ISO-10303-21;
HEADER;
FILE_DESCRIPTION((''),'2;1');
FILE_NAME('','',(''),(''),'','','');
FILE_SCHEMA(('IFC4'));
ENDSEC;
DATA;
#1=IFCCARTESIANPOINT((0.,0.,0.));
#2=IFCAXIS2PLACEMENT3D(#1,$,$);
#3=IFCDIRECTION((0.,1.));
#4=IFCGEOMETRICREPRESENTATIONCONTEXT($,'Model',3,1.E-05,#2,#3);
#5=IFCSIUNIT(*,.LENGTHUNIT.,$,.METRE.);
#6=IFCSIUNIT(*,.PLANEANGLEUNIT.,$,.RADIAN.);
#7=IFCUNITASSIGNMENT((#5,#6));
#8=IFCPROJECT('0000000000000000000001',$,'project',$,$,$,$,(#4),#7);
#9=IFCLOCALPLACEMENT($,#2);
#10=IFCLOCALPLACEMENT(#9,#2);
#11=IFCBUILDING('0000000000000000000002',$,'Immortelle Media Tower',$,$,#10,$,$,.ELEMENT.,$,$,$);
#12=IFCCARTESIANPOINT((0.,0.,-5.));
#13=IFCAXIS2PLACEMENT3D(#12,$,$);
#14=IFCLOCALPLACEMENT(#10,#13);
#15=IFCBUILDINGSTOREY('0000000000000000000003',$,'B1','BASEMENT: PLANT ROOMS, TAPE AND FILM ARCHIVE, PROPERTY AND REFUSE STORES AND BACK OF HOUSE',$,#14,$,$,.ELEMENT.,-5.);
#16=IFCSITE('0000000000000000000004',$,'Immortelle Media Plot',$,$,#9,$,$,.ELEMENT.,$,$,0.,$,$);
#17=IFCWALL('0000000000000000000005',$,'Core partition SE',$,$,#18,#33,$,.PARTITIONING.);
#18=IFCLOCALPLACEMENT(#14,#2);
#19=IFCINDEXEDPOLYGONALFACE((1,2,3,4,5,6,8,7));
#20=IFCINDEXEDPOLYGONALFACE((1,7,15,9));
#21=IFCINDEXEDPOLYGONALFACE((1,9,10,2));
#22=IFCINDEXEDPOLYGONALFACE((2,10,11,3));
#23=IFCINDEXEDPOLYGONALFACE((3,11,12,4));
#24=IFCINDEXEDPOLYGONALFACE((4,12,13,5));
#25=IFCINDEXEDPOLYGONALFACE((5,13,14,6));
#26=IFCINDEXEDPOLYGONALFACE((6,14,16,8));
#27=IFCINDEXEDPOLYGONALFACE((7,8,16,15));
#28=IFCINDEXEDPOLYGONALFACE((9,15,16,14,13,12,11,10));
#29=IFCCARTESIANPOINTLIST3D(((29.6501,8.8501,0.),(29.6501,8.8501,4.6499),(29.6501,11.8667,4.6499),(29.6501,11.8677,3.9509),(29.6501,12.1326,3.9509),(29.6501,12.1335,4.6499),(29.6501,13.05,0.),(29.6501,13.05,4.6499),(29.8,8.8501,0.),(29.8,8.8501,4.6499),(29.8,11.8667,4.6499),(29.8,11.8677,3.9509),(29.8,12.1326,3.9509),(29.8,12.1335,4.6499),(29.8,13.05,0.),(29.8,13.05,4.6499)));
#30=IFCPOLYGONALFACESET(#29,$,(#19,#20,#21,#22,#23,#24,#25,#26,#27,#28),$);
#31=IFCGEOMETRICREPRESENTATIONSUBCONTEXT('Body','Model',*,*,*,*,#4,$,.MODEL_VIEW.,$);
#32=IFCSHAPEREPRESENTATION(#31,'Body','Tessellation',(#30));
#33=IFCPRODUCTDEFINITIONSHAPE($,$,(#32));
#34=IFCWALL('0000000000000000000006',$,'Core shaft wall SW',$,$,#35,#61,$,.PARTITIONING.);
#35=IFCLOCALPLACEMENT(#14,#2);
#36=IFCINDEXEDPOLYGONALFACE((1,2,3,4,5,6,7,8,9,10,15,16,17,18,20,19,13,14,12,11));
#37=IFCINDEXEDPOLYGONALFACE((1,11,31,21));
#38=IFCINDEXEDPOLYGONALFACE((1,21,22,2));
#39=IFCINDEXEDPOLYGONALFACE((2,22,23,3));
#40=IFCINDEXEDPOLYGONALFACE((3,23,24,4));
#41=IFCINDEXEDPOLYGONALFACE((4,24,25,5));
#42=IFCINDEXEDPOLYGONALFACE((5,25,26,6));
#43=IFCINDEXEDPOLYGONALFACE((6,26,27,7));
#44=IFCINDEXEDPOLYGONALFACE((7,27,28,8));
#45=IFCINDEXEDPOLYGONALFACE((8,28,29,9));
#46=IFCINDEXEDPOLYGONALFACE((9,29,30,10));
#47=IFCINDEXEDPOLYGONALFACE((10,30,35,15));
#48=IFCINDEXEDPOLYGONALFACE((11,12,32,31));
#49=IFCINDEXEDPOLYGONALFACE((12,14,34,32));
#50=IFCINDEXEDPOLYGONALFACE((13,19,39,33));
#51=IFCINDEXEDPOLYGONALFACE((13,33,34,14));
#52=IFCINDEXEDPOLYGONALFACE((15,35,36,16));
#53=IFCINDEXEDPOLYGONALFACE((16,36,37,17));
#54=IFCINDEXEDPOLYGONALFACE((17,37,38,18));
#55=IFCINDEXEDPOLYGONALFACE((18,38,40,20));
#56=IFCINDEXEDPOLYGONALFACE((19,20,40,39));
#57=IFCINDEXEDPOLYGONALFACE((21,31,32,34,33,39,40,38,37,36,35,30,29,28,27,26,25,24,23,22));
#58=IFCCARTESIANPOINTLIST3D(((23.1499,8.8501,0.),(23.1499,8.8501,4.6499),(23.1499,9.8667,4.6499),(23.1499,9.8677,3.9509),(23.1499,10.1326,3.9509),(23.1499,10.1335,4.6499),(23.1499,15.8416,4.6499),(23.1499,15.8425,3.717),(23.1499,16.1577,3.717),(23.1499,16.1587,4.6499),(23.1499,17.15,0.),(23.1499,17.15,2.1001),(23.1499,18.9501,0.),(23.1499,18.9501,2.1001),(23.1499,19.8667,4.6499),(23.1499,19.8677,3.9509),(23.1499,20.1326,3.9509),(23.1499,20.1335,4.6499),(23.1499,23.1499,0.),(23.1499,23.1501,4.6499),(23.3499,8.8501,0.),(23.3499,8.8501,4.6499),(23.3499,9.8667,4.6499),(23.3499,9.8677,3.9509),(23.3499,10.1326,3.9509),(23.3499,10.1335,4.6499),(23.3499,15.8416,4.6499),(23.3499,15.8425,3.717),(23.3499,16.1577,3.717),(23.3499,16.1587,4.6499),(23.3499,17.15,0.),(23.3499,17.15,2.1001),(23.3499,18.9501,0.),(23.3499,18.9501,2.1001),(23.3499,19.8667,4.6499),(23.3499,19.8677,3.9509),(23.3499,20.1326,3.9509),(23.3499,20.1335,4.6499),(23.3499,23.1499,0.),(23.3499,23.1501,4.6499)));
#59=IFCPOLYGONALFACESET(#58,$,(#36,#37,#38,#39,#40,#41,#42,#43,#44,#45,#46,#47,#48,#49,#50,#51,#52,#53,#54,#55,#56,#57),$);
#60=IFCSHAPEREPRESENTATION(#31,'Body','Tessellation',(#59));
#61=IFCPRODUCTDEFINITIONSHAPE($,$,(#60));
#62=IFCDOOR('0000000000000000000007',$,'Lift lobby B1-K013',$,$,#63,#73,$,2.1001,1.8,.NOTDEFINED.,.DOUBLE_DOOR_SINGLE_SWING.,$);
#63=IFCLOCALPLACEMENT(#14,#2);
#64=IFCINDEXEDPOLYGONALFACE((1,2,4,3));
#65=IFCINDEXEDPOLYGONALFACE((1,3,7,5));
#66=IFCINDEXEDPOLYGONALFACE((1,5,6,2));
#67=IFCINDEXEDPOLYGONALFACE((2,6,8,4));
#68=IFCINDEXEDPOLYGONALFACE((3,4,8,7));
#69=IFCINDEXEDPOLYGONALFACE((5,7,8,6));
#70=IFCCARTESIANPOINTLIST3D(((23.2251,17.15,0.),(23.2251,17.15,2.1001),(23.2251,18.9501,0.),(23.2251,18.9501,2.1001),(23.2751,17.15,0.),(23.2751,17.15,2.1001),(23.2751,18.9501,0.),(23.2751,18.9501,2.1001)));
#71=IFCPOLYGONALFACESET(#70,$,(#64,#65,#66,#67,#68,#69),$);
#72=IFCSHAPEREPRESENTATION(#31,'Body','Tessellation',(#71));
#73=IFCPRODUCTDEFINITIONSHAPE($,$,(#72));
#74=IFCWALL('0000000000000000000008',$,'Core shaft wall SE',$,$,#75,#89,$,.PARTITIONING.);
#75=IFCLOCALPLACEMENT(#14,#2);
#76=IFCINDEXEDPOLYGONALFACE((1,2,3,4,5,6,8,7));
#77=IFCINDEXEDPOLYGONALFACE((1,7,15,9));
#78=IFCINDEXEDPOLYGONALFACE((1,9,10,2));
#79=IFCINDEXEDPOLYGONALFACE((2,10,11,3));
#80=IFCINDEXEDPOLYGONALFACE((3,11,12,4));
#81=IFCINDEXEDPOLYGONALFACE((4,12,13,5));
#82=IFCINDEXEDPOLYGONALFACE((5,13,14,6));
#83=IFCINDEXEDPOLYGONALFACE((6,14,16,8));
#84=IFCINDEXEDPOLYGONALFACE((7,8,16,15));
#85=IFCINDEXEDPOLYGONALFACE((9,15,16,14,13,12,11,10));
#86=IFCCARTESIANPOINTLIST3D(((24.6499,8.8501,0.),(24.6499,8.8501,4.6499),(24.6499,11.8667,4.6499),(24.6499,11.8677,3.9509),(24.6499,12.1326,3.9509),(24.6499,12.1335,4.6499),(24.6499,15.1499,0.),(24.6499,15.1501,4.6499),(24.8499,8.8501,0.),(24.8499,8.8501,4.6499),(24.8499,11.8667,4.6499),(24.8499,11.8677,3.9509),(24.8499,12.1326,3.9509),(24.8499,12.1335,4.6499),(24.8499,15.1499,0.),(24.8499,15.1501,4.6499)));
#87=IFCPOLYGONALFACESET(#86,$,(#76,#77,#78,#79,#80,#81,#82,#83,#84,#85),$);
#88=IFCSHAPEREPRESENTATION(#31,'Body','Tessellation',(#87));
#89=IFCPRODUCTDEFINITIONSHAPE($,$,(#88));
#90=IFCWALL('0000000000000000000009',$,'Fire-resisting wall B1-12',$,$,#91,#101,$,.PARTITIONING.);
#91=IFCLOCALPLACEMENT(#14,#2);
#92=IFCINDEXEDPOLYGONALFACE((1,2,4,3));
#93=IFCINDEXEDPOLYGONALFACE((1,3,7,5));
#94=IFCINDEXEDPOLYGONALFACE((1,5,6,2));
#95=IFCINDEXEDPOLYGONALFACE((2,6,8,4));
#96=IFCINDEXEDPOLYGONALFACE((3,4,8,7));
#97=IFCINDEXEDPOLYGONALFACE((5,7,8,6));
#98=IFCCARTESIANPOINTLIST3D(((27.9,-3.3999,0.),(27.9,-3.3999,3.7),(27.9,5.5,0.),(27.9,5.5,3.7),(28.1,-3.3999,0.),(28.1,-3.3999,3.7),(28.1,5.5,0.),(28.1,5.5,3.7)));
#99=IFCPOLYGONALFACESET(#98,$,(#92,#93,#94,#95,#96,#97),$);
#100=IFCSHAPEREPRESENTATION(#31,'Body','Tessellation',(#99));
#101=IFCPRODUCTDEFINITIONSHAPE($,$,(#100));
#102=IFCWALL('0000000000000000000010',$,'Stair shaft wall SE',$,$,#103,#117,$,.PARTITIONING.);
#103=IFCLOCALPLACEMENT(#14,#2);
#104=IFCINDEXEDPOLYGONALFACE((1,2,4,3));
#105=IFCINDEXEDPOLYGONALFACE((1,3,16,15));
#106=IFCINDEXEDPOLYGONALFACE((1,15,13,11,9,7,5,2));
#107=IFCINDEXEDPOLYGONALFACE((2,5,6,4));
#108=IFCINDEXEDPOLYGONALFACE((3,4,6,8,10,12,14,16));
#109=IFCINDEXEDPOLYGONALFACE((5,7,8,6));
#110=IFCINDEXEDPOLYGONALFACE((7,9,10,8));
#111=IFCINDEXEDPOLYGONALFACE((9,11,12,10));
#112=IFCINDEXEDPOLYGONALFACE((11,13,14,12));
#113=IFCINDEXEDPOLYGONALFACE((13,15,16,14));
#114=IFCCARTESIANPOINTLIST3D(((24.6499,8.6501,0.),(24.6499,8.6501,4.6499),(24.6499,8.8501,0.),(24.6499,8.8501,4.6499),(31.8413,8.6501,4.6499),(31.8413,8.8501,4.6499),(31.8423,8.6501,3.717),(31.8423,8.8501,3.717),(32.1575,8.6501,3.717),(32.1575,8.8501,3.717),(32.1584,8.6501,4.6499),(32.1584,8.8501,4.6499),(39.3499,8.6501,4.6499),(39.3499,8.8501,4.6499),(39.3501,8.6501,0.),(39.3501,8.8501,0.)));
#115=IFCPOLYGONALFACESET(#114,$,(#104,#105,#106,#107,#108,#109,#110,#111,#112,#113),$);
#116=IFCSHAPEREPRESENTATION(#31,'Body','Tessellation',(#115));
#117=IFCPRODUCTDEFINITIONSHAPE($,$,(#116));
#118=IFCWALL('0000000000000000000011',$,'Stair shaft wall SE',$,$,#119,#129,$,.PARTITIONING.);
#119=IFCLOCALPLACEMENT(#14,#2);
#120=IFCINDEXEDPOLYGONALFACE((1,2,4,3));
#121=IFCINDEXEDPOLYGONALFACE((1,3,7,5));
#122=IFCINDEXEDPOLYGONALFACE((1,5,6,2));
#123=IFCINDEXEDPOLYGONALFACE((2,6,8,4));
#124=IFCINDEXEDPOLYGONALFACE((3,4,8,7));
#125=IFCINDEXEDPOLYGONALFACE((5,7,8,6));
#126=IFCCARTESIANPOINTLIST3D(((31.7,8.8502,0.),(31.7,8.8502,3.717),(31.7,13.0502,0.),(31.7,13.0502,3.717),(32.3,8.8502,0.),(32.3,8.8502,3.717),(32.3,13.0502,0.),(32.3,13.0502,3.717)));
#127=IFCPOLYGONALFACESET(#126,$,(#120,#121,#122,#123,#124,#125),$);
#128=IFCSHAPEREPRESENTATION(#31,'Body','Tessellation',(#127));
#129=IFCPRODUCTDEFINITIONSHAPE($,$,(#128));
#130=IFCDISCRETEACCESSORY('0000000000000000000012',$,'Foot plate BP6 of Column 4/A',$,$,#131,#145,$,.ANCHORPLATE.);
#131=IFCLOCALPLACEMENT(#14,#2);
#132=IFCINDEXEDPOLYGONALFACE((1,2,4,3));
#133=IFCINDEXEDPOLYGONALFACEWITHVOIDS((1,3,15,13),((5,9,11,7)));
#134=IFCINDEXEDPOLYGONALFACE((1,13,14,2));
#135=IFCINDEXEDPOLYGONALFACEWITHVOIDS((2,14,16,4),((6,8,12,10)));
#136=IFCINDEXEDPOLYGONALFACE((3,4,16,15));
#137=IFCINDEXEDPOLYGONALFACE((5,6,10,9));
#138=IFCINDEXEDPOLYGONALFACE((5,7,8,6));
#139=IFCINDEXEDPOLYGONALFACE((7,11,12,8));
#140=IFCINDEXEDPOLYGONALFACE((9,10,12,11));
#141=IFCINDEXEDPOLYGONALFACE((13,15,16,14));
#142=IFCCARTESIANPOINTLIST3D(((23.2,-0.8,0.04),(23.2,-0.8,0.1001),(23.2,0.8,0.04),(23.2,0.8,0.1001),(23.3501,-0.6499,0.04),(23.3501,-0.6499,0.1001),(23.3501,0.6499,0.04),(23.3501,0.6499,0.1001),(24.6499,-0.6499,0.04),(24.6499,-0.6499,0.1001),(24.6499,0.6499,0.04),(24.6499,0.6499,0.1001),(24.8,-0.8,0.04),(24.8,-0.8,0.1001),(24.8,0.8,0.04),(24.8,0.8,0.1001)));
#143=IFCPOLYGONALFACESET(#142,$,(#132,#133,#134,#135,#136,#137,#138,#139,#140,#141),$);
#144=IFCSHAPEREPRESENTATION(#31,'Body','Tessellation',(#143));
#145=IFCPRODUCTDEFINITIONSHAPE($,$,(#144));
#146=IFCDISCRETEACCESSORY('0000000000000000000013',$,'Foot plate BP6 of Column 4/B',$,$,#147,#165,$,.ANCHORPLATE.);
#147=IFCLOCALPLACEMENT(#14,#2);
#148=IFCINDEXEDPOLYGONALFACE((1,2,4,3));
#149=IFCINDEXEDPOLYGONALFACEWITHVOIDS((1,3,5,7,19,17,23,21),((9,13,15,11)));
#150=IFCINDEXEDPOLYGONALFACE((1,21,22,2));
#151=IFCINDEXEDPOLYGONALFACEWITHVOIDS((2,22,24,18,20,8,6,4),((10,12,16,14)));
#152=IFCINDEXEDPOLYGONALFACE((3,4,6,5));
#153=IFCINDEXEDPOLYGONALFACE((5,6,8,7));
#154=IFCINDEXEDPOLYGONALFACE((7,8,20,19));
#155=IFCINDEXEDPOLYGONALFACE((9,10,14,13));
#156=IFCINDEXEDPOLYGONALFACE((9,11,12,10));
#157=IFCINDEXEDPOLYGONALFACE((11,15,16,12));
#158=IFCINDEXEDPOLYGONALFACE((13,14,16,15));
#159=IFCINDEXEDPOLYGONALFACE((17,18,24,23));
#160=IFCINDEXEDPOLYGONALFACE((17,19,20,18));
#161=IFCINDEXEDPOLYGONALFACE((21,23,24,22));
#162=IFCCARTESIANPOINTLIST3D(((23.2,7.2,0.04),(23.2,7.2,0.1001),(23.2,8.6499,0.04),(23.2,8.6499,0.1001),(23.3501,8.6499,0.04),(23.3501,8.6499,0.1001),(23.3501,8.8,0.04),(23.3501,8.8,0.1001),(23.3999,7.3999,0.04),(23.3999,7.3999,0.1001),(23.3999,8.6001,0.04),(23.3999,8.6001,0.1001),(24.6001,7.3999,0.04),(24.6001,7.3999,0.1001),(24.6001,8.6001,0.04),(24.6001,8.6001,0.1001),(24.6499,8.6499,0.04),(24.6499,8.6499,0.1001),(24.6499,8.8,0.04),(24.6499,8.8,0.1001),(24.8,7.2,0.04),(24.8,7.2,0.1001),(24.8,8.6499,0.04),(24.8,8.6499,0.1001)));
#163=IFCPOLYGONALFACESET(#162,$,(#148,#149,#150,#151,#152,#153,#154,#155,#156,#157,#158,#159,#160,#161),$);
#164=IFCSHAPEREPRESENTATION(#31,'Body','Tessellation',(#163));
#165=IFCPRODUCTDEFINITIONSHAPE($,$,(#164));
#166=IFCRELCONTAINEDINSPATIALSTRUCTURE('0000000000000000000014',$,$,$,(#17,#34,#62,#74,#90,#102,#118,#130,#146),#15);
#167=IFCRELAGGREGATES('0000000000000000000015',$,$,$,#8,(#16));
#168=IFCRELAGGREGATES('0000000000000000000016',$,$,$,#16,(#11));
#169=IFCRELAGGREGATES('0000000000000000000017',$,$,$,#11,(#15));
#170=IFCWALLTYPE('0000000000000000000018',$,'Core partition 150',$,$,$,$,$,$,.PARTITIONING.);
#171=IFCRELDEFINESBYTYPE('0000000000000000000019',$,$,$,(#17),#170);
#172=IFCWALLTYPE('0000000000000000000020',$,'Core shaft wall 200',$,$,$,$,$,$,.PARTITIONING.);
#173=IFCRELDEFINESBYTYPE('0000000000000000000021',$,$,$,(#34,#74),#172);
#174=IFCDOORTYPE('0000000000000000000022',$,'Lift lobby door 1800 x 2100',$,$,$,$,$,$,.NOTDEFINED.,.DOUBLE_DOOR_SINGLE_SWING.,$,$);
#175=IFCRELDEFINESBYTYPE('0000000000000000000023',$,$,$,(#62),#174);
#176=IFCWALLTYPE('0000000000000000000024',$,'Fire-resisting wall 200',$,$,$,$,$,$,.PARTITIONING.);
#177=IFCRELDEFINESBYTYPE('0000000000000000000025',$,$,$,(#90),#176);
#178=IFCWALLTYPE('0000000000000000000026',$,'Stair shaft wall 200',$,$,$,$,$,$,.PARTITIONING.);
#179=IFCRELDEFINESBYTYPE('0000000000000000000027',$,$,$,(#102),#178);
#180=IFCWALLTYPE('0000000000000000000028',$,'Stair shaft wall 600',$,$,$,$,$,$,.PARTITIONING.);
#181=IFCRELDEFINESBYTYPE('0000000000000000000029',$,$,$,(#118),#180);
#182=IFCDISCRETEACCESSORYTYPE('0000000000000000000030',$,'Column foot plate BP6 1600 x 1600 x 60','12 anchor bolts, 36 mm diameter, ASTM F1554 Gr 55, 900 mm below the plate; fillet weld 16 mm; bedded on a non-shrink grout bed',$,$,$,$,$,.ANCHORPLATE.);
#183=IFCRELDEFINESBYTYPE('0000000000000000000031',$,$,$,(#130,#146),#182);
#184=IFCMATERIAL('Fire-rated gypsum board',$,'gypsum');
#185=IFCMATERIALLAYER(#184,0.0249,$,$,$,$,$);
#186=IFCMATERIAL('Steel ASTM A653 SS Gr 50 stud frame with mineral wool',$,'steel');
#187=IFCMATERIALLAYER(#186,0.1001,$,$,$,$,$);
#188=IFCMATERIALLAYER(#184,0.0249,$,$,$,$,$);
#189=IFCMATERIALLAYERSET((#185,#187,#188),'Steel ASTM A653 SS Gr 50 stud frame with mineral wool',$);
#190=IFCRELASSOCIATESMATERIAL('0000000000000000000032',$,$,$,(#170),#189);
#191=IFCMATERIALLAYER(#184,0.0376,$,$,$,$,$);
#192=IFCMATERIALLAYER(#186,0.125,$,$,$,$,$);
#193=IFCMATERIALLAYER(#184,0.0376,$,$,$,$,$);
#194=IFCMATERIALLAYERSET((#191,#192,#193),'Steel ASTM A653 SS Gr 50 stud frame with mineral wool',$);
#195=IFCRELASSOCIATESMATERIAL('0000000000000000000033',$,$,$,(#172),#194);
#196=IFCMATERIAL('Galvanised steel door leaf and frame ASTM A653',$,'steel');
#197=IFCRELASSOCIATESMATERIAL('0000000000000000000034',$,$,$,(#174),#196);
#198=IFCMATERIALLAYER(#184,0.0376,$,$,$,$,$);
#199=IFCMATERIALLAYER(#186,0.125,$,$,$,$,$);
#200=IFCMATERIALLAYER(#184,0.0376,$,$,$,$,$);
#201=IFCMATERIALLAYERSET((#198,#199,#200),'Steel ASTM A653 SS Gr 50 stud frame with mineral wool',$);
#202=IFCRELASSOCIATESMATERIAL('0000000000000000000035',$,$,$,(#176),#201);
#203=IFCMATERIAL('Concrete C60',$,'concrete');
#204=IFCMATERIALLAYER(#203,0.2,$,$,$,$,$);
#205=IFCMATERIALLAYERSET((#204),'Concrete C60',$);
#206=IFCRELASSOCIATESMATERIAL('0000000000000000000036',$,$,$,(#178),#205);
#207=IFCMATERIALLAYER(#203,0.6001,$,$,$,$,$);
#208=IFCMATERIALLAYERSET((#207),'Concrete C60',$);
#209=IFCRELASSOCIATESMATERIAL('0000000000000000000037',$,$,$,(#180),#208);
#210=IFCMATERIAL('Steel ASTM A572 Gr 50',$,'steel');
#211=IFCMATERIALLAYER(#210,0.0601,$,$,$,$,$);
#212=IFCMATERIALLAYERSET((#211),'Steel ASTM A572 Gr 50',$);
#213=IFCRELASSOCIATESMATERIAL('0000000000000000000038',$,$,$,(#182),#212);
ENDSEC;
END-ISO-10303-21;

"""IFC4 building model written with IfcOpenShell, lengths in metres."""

from ifc_helpers import new_model, si_unit, direction, frame, frame_2d, origin, place, context, subcontext, project, spatial, polyline, rectangle, outline, extrude, material, layer, layer_set, type_object, element, fill, save


model = new_model("IFC4")

# Units and contexts
model_context = context("Model", 3, precision=1e-05, world=origin(), true_north=direction((0.0, 1.0)))
body_context = subcontext(model_context, "Body", "Model", "MODEL_VIEW")
ifc_project = project(units=[si_unit("LENGTHUNIT", "METRE"), si_unit("PLANEANGLEUNIT", "RADIAN")], contexts=[model_context])

# Site, building, storey
site_placement = place(None, origin())
site = spatial("IfcSite", under=ifc_project, at=site_placement, Name="Immortelle Media Plot", CompositionType="ELEMENT", RefElevation=0.0)
building_placement = place(site_placement, origin())
building = spatial("IfcBuilding", under=site, at=building_placement, Name="Immortelle Media Tower", CompositionType="ELEMENT")
storey_placement = place(building_placement, frame((0.0, 0.0, -5.0)))
storey = spatial("IfcBuildingStorey", under=building, at=storey_placement, Name="B1", Description="BASEMENT: PLANT ROOMS, TAPE AND FILM ARCHIVE, PROPERTY AND REFUSE STORES AND BACK OF HOUSE", CompositionType="ELEMENT", Elevation=-5.0)

# Shared definitions
ifc_material_1 = material(Name="Concrete C60", Category="concrete")

# Shared definitions
ifc_material_2 = material(Name="Steel ASTM A572 Gr 50", Category="steel")

# Wall
ifc_material_3 = material(Name="Fire-rated gypsum board", Category="gypsum")
ifc_layer_1 = layer(ifc_material_3, 0.0249)
ifc_material_4 = material(Name="Steel ASTM A653 SS Gr 50 stud frame with mineral wool", Category="steel")
ifc_layer_2 = layer(ifc_material_4, 0.1001)
ifc_layer_3 = layer(ifc_material_3, 0.0249)
ifc_layer_set_1 = layer_set([ifc_layer_1, ifc_layer_2, ifc_layer_3], Name="Steel ASTM A653 SS Gr 50 stud frame with mineral wool")
wall_type_1 = type_object("IfcWallType", Name="Core partition 150", PredefinedType="PARTITIONING", material=ifc_layer_set_1)
for number, where, z_axis, x_axis, name in (
    (1, (29.7251, 8.8501, 0.0), (0.0, 0.0, 1.0), (0.0, 1.0, 0.0), "Core partition SE"),
):
    element("IfcWall", number, at=place(storey_placement, frame(where, z_axis=z_axis, x_axis=x_axis)), inside=storey, type_object=wall_type_1, Name=name, PredefinedType="PARTITIONING", context=body_context, shape_type="SweptSolid", body=[
        extrude(outline(polyline([(0.0, 0.0), (4.2, 0.0), (4.2, 4.6499), (3.2834, 4.6499), (3.2825, 3.9509), (3.0176, 3.9509), (3.0166, 4.6499), (0.0, 4.6499), (0.0, 0.0)])), frame((0.0, 0.075, 0.0), z_axis=(0.0, -1.0, 0.0), x_axis=(1.0, 0.0, 0.0)), (0.0, 0.0, 1.0), 0.1499),
    ])

# Wall, opening, door
ifc_layer_4 = layer(ifc_material_3, 0.0376)
ifc_layer_5 = layer(ifc_material_4, 0.125)
ifc_layer_6 = layer(ifc_material_3, 0.0376)
ifc_layer_set_2 = layer_set([ifc_layer_4, ifc_layer_5, ifc_layer_6], Name="Steel ASTM A653 SS Gr 50 stud frame with mineral wool")
wall_type_2 = type_object("IfcWallType", Name="Core shaft wall 200", PredefinedType="PARTITIONING", material=ifc_layer_set_2)
wall_1_placement = place(storey_placement, frame((23.25, 8.8501, 0.0), z_axis=(0.0, 0.0, 1.0), x_axis=(0.0, 1.0, 0.0)))
wall_1 = element("IfcWall", 2, at=wall_1_placement, inside=storey, type_object=wall_type_2, Name="Core shaft wall SW", PredefinedType="PARTITIONING", context=body_context, shape_type="SweptSolid", body=[
    extrude(outline(polyline([(0.0, 0.0), (14.2998, 0.0), (14.3, 4.6499), (11.2834, 4.6499), (11.2825, 3.9509), (11.0176, 3.9509), (11.0166, 4.6499), (7.3086, 4.6499), (7.3076, 3.717), (6.9924, 3.717), (6.9915, 4.6499), (1.2834, 4.6499), (1.2825, 3.9509), (1.0176, 3.9509), (1.0166, 4.6499), (0.0, 4.6499), (0.0, 0.0)])), frame((0.0, 0.1001, 0.0), z_axis=(0.0, -1.0, 0.0), x_axis=(1.0, 0.0, 0.0)), (0.0, 0.0, 1.0), 0.2),
])
opening_placement = place(wall_1_placement, frame((8.3, 0.0, 0.0)))
opening = element("IfcOpeningElement", 3, at=opening_placement, cuts=wall_1, PredefinedType="OPENING", context=body_context, shape_type="SweptSolid", body=[
    extrude(rectangle(XDim=1.8, YDim=2.1001, at=frame_2d((0.8999, 1.05))), frame((0.0, 0.1099, 0.0), z_axis=(0.0, -1.0, 0.0), x_axis=(1.0, 0.0, 0.0)), (0.0, 0.0, 1.0), 0.22),
])
ifc_material_5 = material(Name="Galvanised steel door leaf and frame ASTM A653", Category="steel")
door_type = type_object("IfcDoorType", Name="Lift lobby door 1800 x 2100", OperationType="DOUBLE_DOOR_SINGLE_SWING", PredefinedType="NOTDEFINED", material=ifc_material_5)
door_placement = place(opening_placement, origin())
door = element("IfcDoor", 4, at=door_placement, inside=storey, type_object=door_type, Name="Lift lobby B1-K013", OperationType="DOUBLE_DOOR_SINGLE_SWING", OverallHeight=2.1001, OverallWidth=1.8, PredefinedType="NOTDEFINED", context=body_context, shape_type="SweptSolid", body=[
    extrude(rectangle(XDim=1.8, YDim=2.1001, at=frame_2d((0.8999, 1.05))), frame((0.0, 0.0249, 0.0), z_axis=(0.0, -1.0, 0.0), x_axis=(1.0, 0.0, 0.0)), (0.0, 0.0, 1.0), 0.05),
])
fill(opening, door)

# Walls
wall_2_placement = place(storey_placement, frame((24.75, 8.8501, 0.0), z_axis=(0.0, 0.0, 1.0), x_axis=(0.0, 1.0, 0.0)))
element("IfcWall", 5, at=wall_2_placement, inside=storey, type_object=wall_type_2, Name="Core shaft wall SE", PredefinedType="PARTITIONING", context=body_context, shape_type="SweptSolid", body=[
    extrude(outline(polyline([(0.0, 0.0), (6.2998, 0.0), (6.3, 4.6499), (3.2834, 4.6499), (3.2825, 3.9509), (3.0176, 3.9509), (3.0166, 4.6499), (0.0, 4.6499), (0.0, 0.0)])), frame((0.0, 0.1001, 0.0), z_axis=(0.0, -1.0, 0.0), x_axis=(1.0, 0.0, 0.0)), (0.0, 0.0, 1.0), 0.2),
])
ifc_layer_7 = layer(ifc_material_3, 0.0376)
ifc_layer_8 = layer(ifc_material_4, 0.125)
ifc_layer_9 = layer(ifc_material_3, 0.0376)
ifc_layer_set_3 = layer_set([ifc_layer_7, ifc_layer_8, ifc_layer_9], Name="Steel ASTM A653 SS Gr 50 stud frame with mineral wool")
wall_type_3 = type_object("IfcWallType", Name="Fire-resisting wall 200", PredefinedType="PARTITIONING", material=ifc_layer_set_3)
wall_3_placement = place(storey_placement, frame((28.0, -3.3999, 0.0), z_axis=(0.0, 0.0, 1.0), x_axis=(0.0, 1.0, 0.0)))
element("IfcWall", 6, at=wall_3_placement, inside=storey, type_object=wall_type_3, Name="Fire-resisting wall B1-12", PredefinedType="PARTITIONING", context=body_context, shape_type="SweptSolid", body=[
    extrude(rectangle(XDim=8.8999, YDim=0.2, at=frame_2d((4.45, 0.0))), origin(), (0.0, 0.0, 1.0), 3.7),
])
ifc_layer_10 = layer(ifc_material_1, 0.2)
ifc_layer_set_4 = layer_set([ifc_layer_10], Name="Concrete C60")
wall_type_4 = type_object("IfcWallType", Name="Stair shaft wall 200", PredefinedType="PARTITIONING", material=ifc_layer_set_4)
wall_4_placement = place(storey_placement, frame((24.6499, 8.75, 0.0), z_axis=(0.0, 0.0, 1.0), x_axis=(1.0, 0.0, 0.0)))
element("IfcWall", 7, at=wall_4_placement, inside=storey, type_object=wall_type_4, Name="Stair shaft wall SE", PredefinedType="PARTITIONING", context=body_context, shape_type="SweptSolid", body=[
    extrude(outline(polyline([(0.0, 0.0), (14.7002, 0.0), (14.7, 4.6499), (7.5085, 4.6499), (7.5076, 3.717), (7.1924, 3.717), (7.1914, 4.6499), (0.0, 4.6499), (0.0, 0.0)])), frame((0.0, 0.1001, 0.0), z_axis=(0.0, -1.0, 0.0), x_axis=(1.0, 0.0, 0.0)), (0.0, 0.0, 1.0), 0.2),
])
ifc_layer_11 = layer(ifc_material_1, 0.6001)
ifc_layer_set_5 = layer_set([ifc_layer_11], Name="Concrete C60")
wall_type_5 = type_object("IfcWallType", Name="Stair shaft wall 600", PredefinedType="PARTITIONING", material=ifc_layer_set_5)
wall_5_placement = place(storey_placement, frame((32.0, 8.8501, 0.0), z_axis=(0.0, 0.0, 1.0), x_axis=(0.0, 1.0, 0.0)))
element("IfcWall", 8, at=wall_5_placement, inside=storey, type_object=wall_type_5, Name="Stair shaft wall SE", PredefinedType="PARTITIONING", context=body_context, shape_type="SweptSolid", body=[
    extrude(rectangle(XDim=4.2, YDim=0.6001, at=frame_2d((2.1001, 0.0))), origin(), (0.0, 0.0, 1.0), 3.717),
])

# Discrete accessories
ifc_layer_12 = layer(ifc_material_2, 0.0601)
ifc_layer_set_6 = layer_set([ifc_layer_12], Name="Steel ASTM A572 Gr 50")
discrete_accessory_type = type_object("IfcDiscreteAccessoryType", Name="Column foot plate BP6 1600 x 1600 x 60", Description="12 anchor bolts, 36 mm diameter, ASTM F1554 Gr 55, 900 mm below the plate; fillet weld 16 mm; bedded on a non-shrink grout bed", PredefinedType="ANCHORPLATE", material=ifc_layer_set_6)
discrete_accessory_1_placement = place(storey_placement, frame((24.0, 0.0, 0.04), z_axis=(0.0, 0.0, 1.0), x_axis=(1.0, 0.0, 0.0)))
element("IfcDiscreteAccessory", 9, at=discrete_accessory_1_placement, inside=storey, type_object=discrete_accessory_type, Name="Foot plate BP6 of Column 4/A", PredefinedType="ANCHORPLATE", context=body_context, shape_type="SweptSolid", body=[
    extrude(outline(polyline([(-0.8, -0.8), (0.8, -0.8), (0.8, 0.8), (-0.8, 0.8), (-0.8, -0.8)]), holes=[polyline([(0.6499, 0.6499), (0.6499, -0.6499), (-0.6499, -0.6499), (-0.6499, 0.6499), (0.6499, 0.6499)])]), origin(), (0.0, 0.0, 1.0), 0.0601),
])
discrete_accessory_2_placement = place(storey_placement, frame((24.0, 8.0, 0.04), z_axis=(0.0, 0.0, 1.0), x_axis=(1.0, 0.0, 0.0)))
element("IfcDiscreteAccessory", 10, at=discrete_accessory_2_placement, inside=storey, type_object=discrete_accessory_type, Name="Foot plate BP6 of Column 4/B", PredefinedType="ANCHORPLATE", context=body_context, shape_type="SweptSolid", body=[
    extrude(outline(polyline([(-0.8, -0.8), (0.8, -0.8), (0.8, 0.6499), (0.6499, 0.6499), (0.6499, 0.8), (-0.6499, 0.8), (-0.6499, 0.6499), (-0.8, 0.6499), (-0.8, -0.8)]), holes=[polyline([(0.6001, 0.6001), (0.6001, -0.6001), (-0.6001, -0.6001), (-0.6001, 0.6001), (0.6001, 0.6001)])]), origin(), (0.0, 0.0, 1.0), 0.0601),
])

save(model, "model.ifc")
